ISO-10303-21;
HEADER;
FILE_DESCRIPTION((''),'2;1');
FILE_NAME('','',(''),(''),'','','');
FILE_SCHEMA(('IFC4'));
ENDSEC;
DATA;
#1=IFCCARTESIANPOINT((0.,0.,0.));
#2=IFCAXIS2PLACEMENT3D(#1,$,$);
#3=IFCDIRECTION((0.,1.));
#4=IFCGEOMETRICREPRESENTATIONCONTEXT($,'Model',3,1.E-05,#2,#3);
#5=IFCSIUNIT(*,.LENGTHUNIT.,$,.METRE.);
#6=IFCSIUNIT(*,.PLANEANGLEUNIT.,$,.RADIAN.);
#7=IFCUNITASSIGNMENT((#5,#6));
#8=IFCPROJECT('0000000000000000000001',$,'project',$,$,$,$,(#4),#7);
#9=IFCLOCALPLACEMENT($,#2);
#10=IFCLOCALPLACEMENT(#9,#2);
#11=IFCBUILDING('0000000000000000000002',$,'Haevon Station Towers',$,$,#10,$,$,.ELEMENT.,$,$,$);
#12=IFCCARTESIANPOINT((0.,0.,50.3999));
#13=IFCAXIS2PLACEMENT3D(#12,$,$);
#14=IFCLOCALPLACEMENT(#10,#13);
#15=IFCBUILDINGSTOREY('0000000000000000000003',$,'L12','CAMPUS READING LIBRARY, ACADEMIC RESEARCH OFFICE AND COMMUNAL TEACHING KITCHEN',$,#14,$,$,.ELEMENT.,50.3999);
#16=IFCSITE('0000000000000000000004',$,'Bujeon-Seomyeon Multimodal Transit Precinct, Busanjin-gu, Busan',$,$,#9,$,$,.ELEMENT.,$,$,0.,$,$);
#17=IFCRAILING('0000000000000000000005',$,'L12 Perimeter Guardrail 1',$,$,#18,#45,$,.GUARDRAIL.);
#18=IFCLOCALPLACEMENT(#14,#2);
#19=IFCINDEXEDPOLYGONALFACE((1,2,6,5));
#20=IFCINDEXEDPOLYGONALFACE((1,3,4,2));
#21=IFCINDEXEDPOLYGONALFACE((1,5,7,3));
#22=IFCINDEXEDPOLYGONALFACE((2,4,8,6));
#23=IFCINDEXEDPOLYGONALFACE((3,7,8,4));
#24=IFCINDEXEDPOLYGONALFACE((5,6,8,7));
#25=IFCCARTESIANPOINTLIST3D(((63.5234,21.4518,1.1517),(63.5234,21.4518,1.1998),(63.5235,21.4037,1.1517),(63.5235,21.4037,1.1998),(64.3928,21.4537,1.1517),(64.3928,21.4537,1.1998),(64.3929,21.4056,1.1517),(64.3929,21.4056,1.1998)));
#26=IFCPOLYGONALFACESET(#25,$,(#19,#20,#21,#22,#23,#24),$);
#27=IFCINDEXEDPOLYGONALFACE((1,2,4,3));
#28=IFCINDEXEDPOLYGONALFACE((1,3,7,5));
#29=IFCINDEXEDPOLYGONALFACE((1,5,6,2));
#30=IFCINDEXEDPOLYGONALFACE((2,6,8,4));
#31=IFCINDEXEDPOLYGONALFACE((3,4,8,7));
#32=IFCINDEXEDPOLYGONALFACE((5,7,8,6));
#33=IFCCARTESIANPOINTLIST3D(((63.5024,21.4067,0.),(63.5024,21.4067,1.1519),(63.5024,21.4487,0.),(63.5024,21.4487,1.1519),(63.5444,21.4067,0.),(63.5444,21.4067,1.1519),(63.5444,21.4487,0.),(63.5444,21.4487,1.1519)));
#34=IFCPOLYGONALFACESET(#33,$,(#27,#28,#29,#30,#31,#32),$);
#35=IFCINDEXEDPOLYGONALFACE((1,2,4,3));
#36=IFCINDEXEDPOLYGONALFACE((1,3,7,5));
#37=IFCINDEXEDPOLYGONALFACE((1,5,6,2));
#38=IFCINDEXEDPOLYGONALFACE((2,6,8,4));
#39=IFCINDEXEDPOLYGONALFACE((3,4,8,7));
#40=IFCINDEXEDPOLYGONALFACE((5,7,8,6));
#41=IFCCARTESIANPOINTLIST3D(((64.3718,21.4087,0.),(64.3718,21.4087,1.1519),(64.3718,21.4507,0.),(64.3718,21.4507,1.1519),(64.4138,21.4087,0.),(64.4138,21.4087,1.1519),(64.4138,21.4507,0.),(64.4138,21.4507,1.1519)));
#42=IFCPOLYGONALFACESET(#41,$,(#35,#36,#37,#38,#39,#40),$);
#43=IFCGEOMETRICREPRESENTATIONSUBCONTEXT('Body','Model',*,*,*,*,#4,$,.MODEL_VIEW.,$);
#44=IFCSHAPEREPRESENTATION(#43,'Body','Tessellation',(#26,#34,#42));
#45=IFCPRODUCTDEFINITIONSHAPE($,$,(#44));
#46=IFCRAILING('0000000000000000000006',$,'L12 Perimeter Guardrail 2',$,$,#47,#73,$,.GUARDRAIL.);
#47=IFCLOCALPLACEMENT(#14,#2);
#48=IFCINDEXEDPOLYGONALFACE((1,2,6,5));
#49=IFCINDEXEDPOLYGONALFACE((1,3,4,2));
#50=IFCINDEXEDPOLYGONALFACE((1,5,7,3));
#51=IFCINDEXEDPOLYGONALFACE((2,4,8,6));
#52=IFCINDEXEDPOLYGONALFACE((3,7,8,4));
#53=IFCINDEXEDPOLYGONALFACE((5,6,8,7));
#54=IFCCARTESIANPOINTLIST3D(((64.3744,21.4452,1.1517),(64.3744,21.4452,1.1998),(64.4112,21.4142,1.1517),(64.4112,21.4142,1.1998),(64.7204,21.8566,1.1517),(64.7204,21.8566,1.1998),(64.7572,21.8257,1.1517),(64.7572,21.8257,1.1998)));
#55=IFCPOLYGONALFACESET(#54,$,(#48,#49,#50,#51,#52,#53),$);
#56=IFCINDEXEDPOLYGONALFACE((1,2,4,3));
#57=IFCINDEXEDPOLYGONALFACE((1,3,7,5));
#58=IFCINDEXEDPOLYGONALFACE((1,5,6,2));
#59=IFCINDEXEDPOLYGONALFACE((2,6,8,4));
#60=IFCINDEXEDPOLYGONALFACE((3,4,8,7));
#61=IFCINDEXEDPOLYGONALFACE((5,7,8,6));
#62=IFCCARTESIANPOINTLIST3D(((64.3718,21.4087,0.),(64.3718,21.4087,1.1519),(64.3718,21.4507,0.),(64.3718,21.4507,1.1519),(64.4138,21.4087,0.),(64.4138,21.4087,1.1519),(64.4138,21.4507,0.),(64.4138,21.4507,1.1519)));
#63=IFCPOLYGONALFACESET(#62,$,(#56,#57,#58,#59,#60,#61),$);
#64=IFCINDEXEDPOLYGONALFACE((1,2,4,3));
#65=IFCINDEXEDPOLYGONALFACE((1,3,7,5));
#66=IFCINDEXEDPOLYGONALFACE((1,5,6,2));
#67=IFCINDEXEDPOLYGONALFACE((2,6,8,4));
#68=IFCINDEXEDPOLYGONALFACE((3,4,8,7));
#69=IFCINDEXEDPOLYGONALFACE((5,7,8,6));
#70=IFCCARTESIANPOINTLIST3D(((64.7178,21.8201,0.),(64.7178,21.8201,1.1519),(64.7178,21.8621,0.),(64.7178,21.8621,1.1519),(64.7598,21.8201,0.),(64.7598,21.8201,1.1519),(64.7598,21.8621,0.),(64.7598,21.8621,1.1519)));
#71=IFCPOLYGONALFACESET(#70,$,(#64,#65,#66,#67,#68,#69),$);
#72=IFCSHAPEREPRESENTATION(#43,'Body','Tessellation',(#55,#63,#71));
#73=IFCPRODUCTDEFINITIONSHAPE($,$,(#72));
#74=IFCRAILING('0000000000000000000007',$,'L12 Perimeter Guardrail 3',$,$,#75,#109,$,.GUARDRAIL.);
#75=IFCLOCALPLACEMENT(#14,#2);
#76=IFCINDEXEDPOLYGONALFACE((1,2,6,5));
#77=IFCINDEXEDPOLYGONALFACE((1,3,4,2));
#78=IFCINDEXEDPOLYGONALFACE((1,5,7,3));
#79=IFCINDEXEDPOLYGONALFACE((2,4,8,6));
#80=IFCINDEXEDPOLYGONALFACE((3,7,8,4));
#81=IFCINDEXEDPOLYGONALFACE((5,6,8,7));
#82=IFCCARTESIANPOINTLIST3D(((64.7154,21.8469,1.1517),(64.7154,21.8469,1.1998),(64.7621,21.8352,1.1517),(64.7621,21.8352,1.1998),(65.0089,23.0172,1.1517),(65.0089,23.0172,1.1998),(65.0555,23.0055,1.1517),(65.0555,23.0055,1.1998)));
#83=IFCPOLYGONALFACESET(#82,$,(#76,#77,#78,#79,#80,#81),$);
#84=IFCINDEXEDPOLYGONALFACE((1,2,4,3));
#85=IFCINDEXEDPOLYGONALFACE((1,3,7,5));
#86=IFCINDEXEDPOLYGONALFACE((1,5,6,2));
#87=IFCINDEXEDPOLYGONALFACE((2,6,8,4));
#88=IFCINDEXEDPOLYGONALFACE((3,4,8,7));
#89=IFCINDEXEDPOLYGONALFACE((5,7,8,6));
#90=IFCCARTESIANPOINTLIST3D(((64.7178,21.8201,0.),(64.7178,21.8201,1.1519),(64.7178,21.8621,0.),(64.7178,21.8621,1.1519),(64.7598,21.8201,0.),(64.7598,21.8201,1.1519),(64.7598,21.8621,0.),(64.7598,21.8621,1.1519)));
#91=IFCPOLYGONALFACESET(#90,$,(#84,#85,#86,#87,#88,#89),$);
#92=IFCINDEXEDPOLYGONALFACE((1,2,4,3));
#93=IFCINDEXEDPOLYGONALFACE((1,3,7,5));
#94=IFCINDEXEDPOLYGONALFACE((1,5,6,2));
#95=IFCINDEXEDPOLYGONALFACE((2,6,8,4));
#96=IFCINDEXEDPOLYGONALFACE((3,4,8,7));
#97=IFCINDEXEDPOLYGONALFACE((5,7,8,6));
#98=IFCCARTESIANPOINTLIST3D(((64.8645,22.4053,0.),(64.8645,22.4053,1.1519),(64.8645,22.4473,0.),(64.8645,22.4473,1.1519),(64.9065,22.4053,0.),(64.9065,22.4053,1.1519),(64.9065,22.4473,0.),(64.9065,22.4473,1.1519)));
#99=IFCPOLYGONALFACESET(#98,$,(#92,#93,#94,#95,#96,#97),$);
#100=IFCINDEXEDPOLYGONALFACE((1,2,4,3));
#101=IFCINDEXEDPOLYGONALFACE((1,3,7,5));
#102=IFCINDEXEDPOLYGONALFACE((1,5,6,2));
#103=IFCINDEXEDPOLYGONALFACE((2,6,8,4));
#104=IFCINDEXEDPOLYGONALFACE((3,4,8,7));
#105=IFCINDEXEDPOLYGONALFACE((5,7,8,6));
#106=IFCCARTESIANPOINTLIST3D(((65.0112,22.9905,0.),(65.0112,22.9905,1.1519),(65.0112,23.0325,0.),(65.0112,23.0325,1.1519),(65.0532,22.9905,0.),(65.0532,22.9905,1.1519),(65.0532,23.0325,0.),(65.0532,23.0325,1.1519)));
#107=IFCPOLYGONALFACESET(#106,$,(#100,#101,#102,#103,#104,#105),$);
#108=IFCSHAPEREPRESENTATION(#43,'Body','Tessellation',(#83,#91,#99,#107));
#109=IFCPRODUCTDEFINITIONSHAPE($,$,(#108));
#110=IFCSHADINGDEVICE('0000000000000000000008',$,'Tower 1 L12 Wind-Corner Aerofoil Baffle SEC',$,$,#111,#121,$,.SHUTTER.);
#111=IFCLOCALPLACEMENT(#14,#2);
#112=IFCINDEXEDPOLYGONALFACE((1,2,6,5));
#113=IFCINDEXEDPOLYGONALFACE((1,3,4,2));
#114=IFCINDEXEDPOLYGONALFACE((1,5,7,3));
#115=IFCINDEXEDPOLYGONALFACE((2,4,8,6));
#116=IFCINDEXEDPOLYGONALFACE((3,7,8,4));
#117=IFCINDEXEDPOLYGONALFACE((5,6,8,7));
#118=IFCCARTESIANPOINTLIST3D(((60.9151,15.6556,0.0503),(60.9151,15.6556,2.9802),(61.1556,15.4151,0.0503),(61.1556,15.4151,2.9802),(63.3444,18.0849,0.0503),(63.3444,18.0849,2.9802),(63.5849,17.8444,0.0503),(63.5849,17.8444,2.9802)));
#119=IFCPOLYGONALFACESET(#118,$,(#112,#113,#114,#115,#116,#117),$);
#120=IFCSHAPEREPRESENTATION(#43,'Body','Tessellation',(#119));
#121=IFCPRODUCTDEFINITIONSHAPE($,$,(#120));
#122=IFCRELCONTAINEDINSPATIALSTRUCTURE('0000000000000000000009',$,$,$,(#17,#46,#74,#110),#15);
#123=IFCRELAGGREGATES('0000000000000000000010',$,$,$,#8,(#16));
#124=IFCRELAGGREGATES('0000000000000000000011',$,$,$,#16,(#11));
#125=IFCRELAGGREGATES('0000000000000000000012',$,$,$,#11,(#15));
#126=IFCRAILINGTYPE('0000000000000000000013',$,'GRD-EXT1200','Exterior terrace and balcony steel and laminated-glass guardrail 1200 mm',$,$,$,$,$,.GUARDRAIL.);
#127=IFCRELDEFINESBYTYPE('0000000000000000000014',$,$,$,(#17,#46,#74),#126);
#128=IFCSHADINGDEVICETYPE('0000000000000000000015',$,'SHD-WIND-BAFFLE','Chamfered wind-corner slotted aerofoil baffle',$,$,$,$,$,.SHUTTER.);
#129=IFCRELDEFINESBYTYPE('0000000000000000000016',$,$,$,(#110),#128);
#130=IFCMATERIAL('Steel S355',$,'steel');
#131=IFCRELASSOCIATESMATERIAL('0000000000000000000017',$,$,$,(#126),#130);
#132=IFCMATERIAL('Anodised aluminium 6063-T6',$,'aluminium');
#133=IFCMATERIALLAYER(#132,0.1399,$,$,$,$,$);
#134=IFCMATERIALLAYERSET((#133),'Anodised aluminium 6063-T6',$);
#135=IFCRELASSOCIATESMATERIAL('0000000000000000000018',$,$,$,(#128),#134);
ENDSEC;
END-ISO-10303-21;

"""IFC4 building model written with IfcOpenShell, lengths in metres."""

from ifc_helpers import new_model, si_unit, direction, frame, origin, origin_2d, place, context, subcontext, project, spatial, rectangle, extrude, material, layer, layer_set, type_object, element, save


model = new_model("IFC4")

# Units and contexts
model_context = context("Model", 3, precision=1e-05, world=origin(), true_north=direction((0.0, 1.0)))
body_context = subcontext(model_context, "Body", "Model", "MODEL_VIEW")
ifc_project = project(units=[si_unit("LENGTHUNIT", "METRE"), si_unit("PLANEANGLEUNIT", "RADIAN")], contexts=[model_context])

# Site, building, storey
site_placement = place(None, origin())
site = spatial("IfcSite", under=ifc_project, at=site_placement, Name="Bujeon-Seomyeon Multimodal Transit Precinct, Busanjin-gu, Busan", CompositionType="ELEMENT", RefElevation=0.0)
building_placement = place(site_placement, origin())
building = spatial("IfcBuilding", under=site, at=building_placement, Name="Haevon Station Towers", CompositionType="ELEMENT")
storey_placement = place(building_placement, frame((0.0, 0.0, 50.3999)))
storey = spatial("IfcBuildingStorey", under=building, at=storey_placement, Name="L12", Description="CAMPUS READING LIBRARY, ACADEMIC RESEARCH OFFICE AND COMMUNAL TEACHING KITCHEN", CompositionType="ELEMENT", Elevation=50.3999)

# Shared definitions
ifc_material_1 = material(Name="Steel S355", Category="steel")

# Railings
railing_type = type_object("IfcRailingType", Name="GRD-EXT1200", Description="Exterior terrace and balcony steel and laminated-glass guardrail 1200 mm", PredefinedType="GUARDRAIL", material=ifc_material_1)
railing_1_placement = place(storey_placement, frame((63.5234, 21.4277, 0.0)))
element("IfcRailing", 1, at=railing_1_placement, inside=storey, type_object=railing_type, Name="L12 Perimeter Guardrail 1", PredefinedType="GUARDRAIL", context=body_context, shape_type="SweptSolid", body=[
    extrude(rectangle(XDim=0.0481, YDim=0.0481, at=origin_2d()), frame((0.0, 0.0, 1.1758), z_axis=(0.999997, 0.002247, 0.0), x_axis=(-0.002247, 0.999997, 0.0)), (0.0, 0.0, 1.0), 0.8694),
    extrude(rectangle(XDim=0.042, YDim=0.042, at=origin_2d()), origin(), (0.0, 0.0, 1.0), 1.1519),
    extrude(rectangle(XDim=0.042, YDim=0.042, at=origin_2d()), frame((0.8694, 0.002, 0.0)), (0.0, 0.0, 1.0), 1.1519),
])
railing_2_placement = place(storey_placement, frame((64.3928, 21.4297, 0.0)))
element("IfcRailing", 2, at=railing_2_placement, inside=storey, type_object=railing_type, Name="L12 Perimeter Guardrail 2", PredefinedType="GUARDRAIL", context=body_context, shape_type="SweptSolid", body=[
    extrude(rectangle(XDim=0.0481, YDim=0.0481, at=origin_2d()), frame((0.0, 0.0, 1.1758), z_axis=(0.643618, 0.765347, 0.0), x_axis=(-0.765347, 0.643618, 0.0)), (0.0, 0.0, 1.0), 0.5376),
    extrude(rectangle(XDim=0.042, YDim=0.042, at=origin_2d()), origin(), (0.0, 0.0, 1.0), 1.1519),
    extrude(rectangle(XDim=0.042, YDim=0.042, at=origin_2d()), frame((0.3459, 0.4114, 0.0)), (0.0, 0.0, 1.0), 1.1519),
])
railing_3_placement = place(storey_placement, frame((64.7388, 21.8411, 0.0)))
element("IfcRailing", 3, at=railing_3_placement, inside=storey, type_object=railing_type, Name="L12 Perimeter Guardrail 3", PredefinedType="GUARDRAIL", context=body_context, shape_type="SweptSolid", body=[
    extrude(rectangle(XDim=0.0481, YDim=0.0481, at=origin_2d()), frame((0.0, 0.0, 1.1758), z_axis=(0.243202, 0.969976, 0.0), x_axis=(-0.969976, 0.243202, 0.0)), (0.0, 0.0, 1.0), 1.2065),
    extrude(rectangle(XDim=0.042, YDim=0.042, at=origin_2d()), origin(), (0.0, 0.0, 1.0), 1.1519),
    extrude(rectangle(XDim=0.042, YDim=0.042, at=origin_2d()), frame((0.1467, 0.5852, 0.0)), (0.0, 0.0, 1.0), 1.1519),
    extrude(rectangle(XDim=0.042, YDim=0.042, at=origin_2d()), frame((0.2935, 1.1704, 0.0)), (0.0, 0.0, 1.0), 1.1519),
])

# Shading device
ifc_material_2 = material(Name="Anodised aluminium 6063-T6", Category="aluminium")
ifc_layer_1 = layer(ifc_material_2, 0.1399)
ifc_layer_set_1 = layer_set([ifc_layer_1], Name="Anodised aluminium 6063-T6")
shading_device_type = type_object("IfcShadingDeviceType", Name="SHD-WIND-BAFFLE", Description="Chamfered wind-corner slotted aerofoil baffle", PredefinedType="SHUTTER", material=ifc_layer_set_1)
shading_device_placement = place(storey_placement, frame((62.25, 16.75, 0.0503), z_axis=(0.0, 0.0, 1.0), x_axis=(-0.707107, -0.707107, 0.0)))
element("IfcShadingDevice", 4, at=shading_device_placement, inside=storey, type_object=shading_device_type, Name="Tower 1 L12 Wind-Corner Aerofoil Baffle SEC", PredefinedType="SHUTTER", context=body_context, shape_type="SweptSolid", body=[
    extrude(rectangle(XDim=3.4355, YDim=0.3401, at=origin_2d()), origin(), (0.0, 0.0, 1.0), 2.9299),
])

save(model, "model.ifc")
